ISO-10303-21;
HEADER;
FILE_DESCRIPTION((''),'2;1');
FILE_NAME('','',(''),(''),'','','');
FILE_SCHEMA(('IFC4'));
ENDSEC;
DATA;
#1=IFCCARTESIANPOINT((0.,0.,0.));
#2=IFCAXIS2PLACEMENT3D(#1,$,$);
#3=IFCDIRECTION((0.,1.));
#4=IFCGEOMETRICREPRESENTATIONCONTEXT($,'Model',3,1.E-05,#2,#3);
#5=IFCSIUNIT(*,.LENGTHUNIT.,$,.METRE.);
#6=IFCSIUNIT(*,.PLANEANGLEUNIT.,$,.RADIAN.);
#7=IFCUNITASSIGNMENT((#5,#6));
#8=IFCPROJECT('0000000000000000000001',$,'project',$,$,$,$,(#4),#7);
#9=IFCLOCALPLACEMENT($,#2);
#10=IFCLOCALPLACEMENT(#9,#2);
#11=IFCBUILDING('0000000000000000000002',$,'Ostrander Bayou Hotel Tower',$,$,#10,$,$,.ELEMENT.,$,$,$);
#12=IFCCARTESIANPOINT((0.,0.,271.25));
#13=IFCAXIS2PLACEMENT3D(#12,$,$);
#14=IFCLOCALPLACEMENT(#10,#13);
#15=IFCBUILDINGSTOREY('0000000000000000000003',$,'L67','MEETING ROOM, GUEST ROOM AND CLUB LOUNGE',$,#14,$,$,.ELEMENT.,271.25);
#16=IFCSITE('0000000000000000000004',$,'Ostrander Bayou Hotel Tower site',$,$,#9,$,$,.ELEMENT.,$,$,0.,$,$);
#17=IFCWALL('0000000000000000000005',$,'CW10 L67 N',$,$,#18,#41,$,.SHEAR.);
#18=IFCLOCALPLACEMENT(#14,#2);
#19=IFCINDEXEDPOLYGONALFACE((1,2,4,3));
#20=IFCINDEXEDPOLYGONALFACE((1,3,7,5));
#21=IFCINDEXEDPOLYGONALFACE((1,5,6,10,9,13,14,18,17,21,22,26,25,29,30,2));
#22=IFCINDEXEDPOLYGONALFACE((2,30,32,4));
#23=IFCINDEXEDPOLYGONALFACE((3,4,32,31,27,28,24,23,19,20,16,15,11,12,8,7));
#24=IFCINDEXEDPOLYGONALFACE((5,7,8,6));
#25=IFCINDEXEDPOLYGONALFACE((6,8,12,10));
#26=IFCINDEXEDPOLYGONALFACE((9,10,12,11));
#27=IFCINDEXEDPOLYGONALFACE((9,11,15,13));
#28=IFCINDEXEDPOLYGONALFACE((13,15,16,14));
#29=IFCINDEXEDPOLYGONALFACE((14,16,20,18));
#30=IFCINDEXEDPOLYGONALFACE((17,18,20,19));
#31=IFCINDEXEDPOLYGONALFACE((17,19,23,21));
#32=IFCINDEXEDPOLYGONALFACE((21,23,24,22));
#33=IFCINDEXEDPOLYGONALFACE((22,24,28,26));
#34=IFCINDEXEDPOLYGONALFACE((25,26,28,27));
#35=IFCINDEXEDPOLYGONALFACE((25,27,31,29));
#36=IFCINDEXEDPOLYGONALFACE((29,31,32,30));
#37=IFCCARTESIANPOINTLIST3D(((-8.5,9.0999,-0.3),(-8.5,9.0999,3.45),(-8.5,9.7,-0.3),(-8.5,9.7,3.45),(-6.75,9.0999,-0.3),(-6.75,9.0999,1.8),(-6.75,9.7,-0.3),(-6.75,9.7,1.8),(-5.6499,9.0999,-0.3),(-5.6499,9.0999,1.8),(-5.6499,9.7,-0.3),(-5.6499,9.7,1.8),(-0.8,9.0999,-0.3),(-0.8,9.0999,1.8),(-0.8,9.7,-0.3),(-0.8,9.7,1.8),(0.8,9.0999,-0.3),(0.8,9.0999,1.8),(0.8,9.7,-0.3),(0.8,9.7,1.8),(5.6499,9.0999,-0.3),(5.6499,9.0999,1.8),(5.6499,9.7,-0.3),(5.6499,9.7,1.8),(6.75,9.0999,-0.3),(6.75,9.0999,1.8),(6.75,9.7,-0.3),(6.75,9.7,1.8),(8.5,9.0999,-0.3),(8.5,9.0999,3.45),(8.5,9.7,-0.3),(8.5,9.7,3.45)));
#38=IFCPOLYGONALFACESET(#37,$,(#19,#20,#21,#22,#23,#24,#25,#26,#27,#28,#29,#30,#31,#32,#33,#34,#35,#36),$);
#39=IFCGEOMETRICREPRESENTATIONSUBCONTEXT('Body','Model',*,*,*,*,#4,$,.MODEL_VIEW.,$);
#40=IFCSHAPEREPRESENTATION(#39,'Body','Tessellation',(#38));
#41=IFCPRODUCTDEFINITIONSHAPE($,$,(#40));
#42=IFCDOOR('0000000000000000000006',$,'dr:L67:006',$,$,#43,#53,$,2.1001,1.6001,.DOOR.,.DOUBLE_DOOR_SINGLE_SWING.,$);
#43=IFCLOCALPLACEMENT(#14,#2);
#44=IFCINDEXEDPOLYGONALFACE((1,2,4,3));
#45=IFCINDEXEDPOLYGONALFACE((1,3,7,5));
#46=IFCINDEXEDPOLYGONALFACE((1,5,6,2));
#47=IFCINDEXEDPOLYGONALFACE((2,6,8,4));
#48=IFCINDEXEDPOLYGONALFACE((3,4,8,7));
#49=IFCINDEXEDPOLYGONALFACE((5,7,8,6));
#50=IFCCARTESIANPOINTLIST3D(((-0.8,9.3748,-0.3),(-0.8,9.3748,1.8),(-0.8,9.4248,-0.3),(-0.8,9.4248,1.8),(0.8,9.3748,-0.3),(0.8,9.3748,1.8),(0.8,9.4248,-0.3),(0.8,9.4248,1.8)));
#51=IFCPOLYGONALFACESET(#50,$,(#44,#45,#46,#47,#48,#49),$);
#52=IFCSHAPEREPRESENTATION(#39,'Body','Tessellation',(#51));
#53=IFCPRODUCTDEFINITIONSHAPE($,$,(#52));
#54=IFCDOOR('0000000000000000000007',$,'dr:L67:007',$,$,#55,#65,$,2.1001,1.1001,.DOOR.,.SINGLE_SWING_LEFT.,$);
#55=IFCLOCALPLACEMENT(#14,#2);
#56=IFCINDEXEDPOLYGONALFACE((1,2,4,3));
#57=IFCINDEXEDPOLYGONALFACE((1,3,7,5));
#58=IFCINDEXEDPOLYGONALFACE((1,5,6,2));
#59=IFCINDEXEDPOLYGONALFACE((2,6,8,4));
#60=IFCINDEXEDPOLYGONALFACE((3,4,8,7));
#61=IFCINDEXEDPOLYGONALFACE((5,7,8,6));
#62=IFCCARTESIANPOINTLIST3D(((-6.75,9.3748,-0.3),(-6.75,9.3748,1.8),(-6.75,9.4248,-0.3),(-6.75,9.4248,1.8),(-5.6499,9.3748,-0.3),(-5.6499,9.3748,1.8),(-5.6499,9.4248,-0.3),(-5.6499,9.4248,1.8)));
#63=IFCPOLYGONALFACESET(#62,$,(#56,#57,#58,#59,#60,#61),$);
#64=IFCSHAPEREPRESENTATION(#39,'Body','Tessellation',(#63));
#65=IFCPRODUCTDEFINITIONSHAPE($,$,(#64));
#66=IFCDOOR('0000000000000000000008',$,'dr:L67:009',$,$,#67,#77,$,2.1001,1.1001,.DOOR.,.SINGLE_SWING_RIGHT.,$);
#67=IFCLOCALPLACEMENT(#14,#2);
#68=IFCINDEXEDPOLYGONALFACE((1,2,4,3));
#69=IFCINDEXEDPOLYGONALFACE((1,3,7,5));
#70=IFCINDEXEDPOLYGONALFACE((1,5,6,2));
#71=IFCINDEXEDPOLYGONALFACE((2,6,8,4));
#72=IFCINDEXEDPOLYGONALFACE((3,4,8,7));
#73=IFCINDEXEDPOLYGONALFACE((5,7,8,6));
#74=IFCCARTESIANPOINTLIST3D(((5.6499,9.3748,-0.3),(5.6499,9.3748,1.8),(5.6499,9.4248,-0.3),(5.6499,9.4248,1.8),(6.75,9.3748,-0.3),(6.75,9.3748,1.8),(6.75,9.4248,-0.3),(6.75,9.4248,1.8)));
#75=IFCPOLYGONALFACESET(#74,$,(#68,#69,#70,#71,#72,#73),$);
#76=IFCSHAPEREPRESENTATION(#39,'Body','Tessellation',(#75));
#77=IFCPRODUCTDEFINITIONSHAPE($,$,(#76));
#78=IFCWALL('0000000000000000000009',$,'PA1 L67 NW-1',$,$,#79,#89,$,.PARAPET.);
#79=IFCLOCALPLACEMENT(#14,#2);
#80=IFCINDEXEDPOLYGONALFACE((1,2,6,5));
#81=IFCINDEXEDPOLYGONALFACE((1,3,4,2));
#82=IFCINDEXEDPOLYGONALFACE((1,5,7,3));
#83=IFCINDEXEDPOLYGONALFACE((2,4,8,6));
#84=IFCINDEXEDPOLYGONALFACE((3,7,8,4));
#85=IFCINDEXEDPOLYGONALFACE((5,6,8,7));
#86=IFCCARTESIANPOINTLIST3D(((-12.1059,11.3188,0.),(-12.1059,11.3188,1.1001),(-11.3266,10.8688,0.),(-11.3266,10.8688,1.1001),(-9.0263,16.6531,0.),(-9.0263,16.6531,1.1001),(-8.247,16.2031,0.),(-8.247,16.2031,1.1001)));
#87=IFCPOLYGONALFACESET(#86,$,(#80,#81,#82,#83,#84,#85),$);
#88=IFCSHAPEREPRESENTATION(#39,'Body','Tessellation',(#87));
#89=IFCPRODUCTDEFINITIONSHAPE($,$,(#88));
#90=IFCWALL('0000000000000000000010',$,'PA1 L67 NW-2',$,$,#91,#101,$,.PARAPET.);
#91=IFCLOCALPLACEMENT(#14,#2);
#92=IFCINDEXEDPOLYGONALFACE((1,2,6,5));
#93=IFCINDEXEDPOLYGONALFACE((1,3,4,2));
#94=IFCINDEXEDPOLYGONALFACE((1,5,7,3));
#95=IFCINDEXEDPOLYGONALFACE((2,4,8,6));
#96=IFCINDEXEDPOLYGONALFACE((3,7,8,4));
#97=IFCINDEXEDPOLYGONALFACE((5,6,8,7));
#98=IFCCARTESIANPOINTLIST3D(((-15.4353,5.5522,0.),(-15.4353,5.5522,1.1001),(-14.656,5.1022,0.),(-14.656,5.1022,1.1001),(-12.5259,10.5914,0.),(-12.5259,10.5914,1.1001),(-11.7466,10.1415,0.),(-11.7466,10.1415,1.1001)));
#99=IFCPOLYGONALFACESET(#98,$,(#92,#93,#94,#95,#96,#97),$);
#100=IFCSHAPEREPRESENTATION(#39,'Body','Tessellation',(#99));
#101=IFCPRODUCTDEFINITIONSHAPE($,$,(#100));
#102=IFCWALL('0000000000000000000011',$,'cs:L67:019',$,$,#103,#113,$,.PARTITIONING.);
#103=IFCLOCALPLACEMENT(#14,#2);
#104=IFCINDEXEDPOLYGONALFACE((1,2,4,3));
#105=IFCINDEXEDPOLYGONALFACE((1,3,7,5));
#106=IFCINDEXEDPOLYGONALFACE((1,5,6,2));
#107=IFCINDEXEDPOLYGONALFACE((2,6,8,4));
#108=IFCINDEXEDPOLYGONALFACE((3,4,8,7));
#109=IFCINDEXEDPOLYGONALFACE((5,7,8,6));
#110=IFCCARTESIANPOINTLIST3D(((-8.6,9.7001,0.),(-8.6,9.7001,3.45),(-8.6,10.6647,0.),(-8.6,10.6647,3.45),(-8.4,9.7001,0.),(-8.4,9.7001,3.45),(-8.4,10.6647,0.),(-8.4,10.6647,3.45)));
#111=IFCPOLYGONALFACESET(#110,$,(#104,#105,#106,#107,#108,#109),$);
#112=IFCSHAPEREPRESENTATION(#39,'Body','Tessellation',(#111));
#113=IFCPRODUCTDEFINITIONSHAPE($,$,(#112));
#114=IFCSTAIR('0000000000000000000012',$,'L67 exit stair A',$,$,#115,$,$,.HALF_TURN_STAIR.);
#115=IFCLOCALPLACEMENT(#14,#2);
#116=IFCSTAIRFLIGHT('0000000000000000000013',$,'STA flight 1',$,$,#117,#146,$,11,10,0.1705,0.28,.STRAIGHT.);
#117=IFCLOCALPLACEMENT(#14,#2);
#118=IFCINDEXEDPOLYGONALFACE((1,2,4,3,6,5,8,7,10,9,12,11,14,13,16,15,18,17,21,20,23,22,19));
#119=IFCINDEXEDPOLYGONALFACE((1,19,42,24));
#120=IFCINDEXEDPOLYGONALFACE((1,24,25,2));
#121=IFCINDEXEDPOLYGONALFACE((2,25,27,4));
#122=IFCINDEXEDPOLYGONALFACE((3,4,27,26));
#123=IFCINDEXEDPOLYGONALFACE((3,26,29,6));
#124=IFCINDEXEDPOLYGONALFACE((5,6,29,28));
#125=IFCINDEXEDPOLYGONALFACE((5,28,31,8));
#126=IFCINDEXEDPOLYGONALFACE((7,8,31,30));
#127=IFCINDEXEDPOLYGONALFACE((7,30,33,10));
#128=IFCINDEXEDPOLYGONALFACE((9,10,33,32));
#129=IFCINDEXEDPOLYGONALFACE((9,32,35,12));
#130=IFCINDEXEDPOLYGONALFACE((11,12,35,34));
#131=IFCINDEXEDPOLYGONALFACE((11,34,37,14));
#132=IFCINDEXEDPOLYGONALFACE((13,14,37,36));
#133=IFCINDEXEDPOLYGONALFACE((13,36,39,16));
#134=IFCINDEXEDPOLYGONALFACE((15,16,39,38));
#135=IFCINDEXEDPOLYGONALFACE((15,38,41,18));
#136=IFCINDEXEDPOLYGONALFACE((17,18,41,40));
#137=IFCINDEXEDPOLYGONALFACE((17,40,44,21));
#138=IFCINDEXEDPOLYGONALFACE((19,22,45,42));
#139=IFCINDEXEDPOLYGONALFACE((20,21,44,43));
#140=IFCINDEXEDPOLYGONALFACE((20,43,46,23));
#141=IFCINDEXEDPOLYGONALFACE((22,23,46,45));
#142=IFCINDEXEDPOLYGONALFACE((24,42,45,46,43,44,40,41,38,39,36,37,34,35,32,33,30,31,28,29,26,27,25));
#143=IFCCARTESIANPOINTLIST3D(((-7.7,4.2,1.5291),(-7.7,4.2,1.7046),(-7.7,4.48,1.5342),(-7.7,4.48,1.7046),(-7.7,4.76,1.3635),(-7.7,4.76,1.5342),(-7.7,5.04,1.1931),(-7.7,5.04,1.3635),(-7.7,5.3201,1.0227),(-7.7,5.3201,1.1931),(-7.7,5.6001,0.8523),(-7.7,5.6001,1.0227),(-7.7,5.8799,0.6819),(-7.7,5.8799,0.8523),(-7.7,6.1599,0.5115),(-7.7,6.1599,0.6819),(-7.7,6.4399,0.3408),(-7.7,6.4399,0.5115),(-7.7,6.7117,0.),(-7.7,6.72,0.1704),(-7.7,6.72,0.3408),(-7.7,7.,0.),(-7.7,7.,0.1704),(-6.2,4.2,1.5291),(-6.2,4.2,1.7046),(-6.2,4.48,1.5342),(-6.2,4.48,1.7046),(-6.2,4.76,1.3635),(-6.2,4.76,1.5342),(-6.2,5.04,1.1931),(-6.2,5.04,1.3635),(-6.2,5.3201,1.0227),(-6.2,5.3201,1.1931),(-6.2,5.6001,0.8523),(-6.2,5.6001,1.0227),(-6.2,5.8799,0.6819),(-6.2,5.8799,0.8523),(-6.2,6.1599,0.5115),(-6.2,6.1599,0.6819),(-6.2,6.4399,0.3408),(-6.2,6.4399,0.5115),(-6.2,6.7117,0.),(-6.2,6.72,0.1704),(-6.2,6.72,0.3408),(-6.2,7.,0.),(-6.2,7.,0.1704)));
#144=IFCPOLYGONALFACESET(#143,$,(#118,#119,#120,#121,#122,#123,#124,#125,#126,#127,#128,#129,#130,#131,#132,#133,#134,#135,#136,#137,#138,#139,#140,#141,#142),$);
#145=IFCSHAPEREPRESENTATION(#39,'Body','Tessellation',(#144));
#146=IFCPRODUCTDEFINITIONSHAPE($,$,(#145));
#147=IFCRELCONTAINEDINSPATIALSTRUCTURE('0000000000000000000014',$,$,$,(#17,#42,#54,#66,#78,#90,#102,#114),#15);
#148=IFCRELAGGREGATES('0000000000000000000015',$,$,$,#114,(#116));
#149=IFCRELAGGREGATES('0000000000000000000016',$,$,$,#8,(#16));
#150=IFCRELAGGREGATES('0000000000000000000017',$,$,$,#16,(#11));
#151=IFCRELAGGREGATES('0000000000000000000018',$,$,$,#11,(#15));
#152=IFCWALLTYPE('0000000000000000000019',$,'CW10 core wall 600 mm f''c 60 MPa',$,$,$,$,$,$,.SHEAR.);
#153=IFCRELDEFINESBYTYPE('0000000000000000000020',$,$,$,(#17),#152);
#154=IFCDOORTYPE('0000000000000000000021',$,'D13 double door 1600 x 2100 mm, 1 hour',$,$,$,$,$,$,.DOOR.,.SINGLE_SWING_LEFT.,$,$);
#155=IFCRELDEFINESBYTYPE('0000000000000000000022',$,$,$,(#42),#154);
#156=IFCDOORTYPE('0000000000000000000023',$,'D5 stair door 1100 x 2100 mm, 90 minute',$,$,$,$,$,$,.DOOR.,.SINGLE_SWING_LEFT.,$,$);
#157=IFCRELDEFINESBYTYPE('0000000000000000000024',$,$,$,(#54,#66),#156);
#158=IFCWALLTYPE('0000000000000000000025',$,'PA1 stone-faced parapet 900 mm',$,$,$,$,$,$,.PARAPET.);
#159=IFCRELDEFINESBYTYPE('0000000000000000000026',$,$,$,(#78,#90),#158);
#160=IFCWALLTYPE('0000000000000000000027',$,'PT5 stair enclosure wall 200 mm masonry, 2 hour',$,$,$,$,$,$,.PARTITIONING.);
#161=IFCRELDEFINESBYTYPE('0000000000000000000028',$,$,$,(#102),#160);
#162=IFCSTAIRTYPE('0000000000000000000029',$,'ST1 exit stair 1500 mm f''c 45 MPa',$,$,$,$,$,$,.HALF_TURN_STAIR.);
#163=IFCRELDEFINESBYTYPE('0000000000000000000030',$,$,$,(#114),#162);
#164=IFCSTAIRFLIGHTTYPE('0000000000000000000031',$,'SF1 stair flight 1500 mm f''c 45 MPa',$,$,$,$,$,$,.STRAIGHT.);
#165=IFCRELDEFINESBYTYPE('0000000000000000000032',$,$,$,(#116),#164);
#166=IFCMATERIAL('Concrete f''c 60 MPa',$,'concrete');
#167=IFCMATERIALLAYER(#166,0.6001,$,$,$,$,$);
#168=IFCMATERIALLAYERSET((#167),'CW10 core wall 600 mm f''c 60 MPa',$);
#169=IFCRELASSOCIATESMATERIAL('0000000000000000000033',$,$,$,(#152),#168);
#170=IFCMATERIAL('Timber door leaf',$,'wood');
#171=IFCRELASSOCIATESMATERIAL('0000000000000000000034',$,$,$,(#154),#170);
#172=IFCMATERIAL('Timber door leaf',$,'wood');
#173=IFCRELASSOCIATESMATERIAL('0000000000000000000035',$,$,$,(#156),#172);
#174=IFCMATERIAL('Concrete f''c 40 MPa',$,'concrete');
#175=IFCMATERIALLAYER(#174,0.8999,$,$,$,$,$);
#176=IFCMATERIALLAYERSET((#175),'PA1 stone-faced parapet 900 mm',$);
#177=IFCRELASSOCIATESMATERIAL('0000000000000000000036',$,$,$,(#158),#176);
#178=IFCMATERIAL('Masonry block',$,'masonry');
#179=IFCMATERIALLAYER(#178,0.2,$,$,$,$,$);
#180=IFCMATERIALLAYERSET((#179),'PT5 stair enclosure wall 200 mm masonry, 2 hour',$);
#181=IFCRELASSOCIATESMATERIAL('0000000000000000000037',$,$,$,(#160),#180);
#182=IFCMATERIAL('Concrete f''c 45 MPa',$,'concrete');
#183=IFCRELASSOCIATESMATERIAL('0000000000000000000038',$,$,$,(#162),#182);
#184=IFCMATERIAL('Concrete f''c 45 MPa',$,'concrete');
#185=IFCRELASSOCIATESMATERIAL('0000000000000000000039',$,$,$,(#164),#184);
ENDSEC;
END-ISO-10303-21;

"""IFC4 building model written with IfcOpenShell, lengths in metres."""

from ifc_helpers import new_model, si_unit, direction, frame, frame_2d, origin, place, context, subcontext, project, spatial, polyline, rectangle, outline, extrude, material, layer, layer_set, type_object, element, fill, aggregate, save


model = new_model("IFC4")

# Units and contexts
model_context = context("Model", 3, precision=1e-05, world=origin(), true_north=direction((0.0, 1.0)))
body_context = subcontext(model_context, "Body", "Model", "MODEL_VIEW")
ifc_project = project(units=[si_unit("LENGTHUNIT", "METRE"), si_unit("PLANEANGLEUNIT", "RADIAN")], contexts=[model_context])

# Site, building, storey
site_placement = place(None, origin())
site = spatial("IfcSite", under=ifc_project, at=site_placement, Name="Ostrander Bayou Hotel Tower site", CompositionType="ELEMENT", RefElevation=0.0)
building_placement = place(site_placement, origin())
building = spatial("IfcBuilding", under=site, at=building_placement, Name="Ostrander Bayou Hotel Tower", CompositionType="ELEMENT")
storey_placement = place(building_placement, frame((0.0, 0.0, 271.25)))
storey = spatial("IfcBuildingStorey", under=building, at=storey_placement, Name="L67", Description="MEETING ROOM, GUEST ROOM AND CLUB LOUNGE", CompositionType="ELEMENT", Elevation=271.25)

# Wall, openings, doors
ifc_material_1 = material(Name="Concrete f'c 60 MPa", Category="concrete")
ifc_layer_1 = layer(ifc_material_1, 0.6001)
ifc_layer_set_1 = layer_set([ifc_layer_1], Name="CW10 core wall 600 mm f'c 60 MPa")
wall_type_1 = type_object("IfcWallType", Name="CW10 core wall 600 mm f'c 60 MPa", PredefinedType="SHEAR", material=ifc_layer_set_1)
wall_1_placement = place(storey_placement, frame((-8.5, 9.3999, -0.3), z_axis=(0.0, 0.0, 1.0), x_axis=(1.0, 0.0, 0.0)))
wall_1 = element("IfcWall", 1, at=wall_1_placement, inside=storey, type_object=wall_type_1, Name="CW10 L67 N", PredefinedType="SHEAR", context=body_context, shape_type="SweptSolid", body=[
    extrude(rectangle(XDim=17.0, YDim=0.6001, at=frame_2d((8.5, 0.0))), origin(), (0.0, 0.0, 1.0), 3.75),
])
opening_1_placement = place(wall_1_placement, frame((7.7, 0.0, 0.0)))
opening_1 = element("IfcOpeningElement", 2, at=opening_1_placement, cuts=wall_1, PredefinedType="OPENING", context=body_context, shape_type="SweptSolid", body=[
    extrude(rectangle(XDim=1.6001, YDim=2.1001, at=frame_2d((0.8, 1.05))), frame((0.0, 0.3, 0.0), z_axis=(0.0, -1.0, 0.0), x_axis=(1.0, 0.0, 0.0)), (0.0, 0.0, 1.0), 0.6001),
])
opening_2_placement = place(wall_1_placement, frame((1.75, 0.0, 0.0)))
opening_2 = element("IfcOpeningElement", 3, at=opening_2_placement, cuts=wall_1, PredefinedType="OPENING", context=body_context, shape_type="SweptSolid", body=[
    extrude(rectangle(XDim=1.1001, YDim=2.1001, at=frame_2d((0.55, 1.05))), frame((0.0, 0.3, 0.0), z_axis=(0.0, -1.0, 0.0), x_axis=(1.0, 0.0, 0.0)), (0.0, 0.0, 1.0), 0.6001),
])
opening_3_placement = place(wall_1_placement, frame((14.1499, 0.0, 0.0)))
opening_3 = element("IfcOpeningElement", 4, at=opening_3_placement, cuts=wall_1, PredefinedType="OPENING", context=body_context, shape_type="SweptSolid", body=[
    extrude(rectangle(XDim=1.1001, YDim=2.1001, at=frame_2d((0.55, 1.05))), frame((0.0, 0.3, 0.0), z_axis=(0.0, -1.0, 0.0), x_axis=(1.0, 0.0, 0.0)), (0.0, 0.0, 1.0), 0.6001),
])
ifc_material_2 = material(Name="Timber door leaf", Category="wood")
door_type_1 = type_object("IfcDoorType", Name="D13 double door 1600 x 2100 mm, 1 hour", OperationType="SINGLE_SWING_LEFT", PredefinedType="DOOR", material=ifc_material_2)
door_1_placement = place(opening_1_placement, origin())
door_1 = element("IfcDoor", 5, at=door_1_placement, inside=storey, type_object=door_type_1, Name="dr:L67:006", OperationType="DOUBLE_DOOR_SINGLE_SWING", OverallHeight=2.1001, OverallWidth=1.6001, PredefinedType="DOOR", context=body_context, shape_type="SweptSolid", body=[
    extrude(rectangle(XDim=1.6001, YDim=2.1001, at=frame_2d((0.8, 1.05))), frame((0.0, 0.0249, 0.0), z_axis=(0.0, -1.0, 0.0), x_axis=(1.0, 0.0, 0.0)), (0.0, 0.0, 1.0), 0.05),
])
fill(opening_1, door_1)
ifc_material_3 = material(Name="Timber door leaf", Category="wood")
door_type_2 = type_object("IfcDoorType", Name="D5 stair door 1100 x 2100 mm, 90 minute", OperationType="SINGLE_SWING_LEFT", PredefinedType="DOOR", material=ifc_material_3)
door_2_placement = place(opening_2_placement, origin())
door_2 = element("IfcDoor", 6, at=door_2_placement, inside=storey, type_object=door_type_2, Name="dr:L67:007", OperationType="SINGLE_SWING_LEFT", OverallHeight=2.1001, OverallWidth=1.1001, PredefinedType="DOOR", context=body_context, shape_type="SweptSolid", body=[
    extrude(rectangle(XDim=1.1001, YDim=2.1001, at=frame_2d((0.55, 1.05))), frame((0.0, 0.0249, 0.0), z_axis=(0.0, -1.0, 0.0), x_axis=(1.0, 0.0, 0.0)), (0.0, 0.0, 1.0), 0.05),
])
fill(opening_2, door_2)
door_3_placement = place(opening_3_placement, origin())
door_3 = element("IfcDoor", 7, at=door_3_placement, inside=storey, type_object=door_type_2, Name="dr:L67:009", OperationType="SINGLE_SWING_RIGHT", OverallHeight=2.1001, OverallWidth=1.1001, PredefinedType="DOOR", context=body_context, shape_type="SweptSolid", body=[
    extrude(rectangle(XDim=1.1001, YDim=2.1001, at=frame_2d((0.55, 1.05))), frame((0.0, 0.0249, 0.0), z_axis=(0.0, -1.0, 0.0), x_axis=(1.0, 0.0, 0.0)), (0.0, 0.0, 1.0), 0.05),
])
fill(opening_3, door_3)

# Walls
ifc_material_4 = material(Name="Concrete f'c 40 MPa", Category="concrete")
ifc_layer_2 = layer(ifc_material_4, 0.8999)
ifc_layer_set_2 = layer_set([ifc_layer_2], Name="PA1 stone-faced parapet 900 mm")
wall_type_2 = type_object("IfcWallType", Name="PA1 stone-faced parapet 900 mm", PredefinedType="PARAPET", material=ifc_layer_set_2)
wall_2_placement = place(storey_placement, frame((-8.6367, 16.428, 0.0), z_axis=(0.0, 0.0, 1.0), x_axis=(-0.499984, -0.866034, 0.0)))
element("IfcWall", 8, at=wall_2_placement, inside=storey, type_object=wall_type_2, Name="PA1 L67 NW-1", PredefinedType="PARAPET", context=body_context, shape_type="SweptSolid", body=[
    extrude(rectangle(XDim=6.1594, YDim=0.8999, at=frame_2d((3.0796, 0.0))), origin(), (0.0, 0.0, 1.0), 1.1001),
])
wall_3_placement = place(storey_placement, frame((-12.1362, 10.3665, 0.0), z_axis=(0.0, 0.0, 1.0), x_axis=(-0.499997, -0.866027, 0.0)))
element("IfcWall", 9, at=wall_3_placement, inside=storey, type_object=wall_type_2, Name="PA1 L67 NW-2", PredefinedType="PARAPET", context=body_context, shape_type="SweptSolid", body=[
    extrude(rectangle(XDim=5.8188, YDim=0.8999, at=frame_2d((2.9094, 0.0))), origin(), (0.0, 0.0, 1.0), 1.1001),
])
ifc_material_5 = material(Name="Masonry block", Category="masonry")
ifc_layer_3 = layer(ifc_material_5, 0.2)
ifc_layer_set_3 = layer_set([ifc_layer_3], Name="PT5 stair enclosure wall 200 mm masonry, 2 hour")
wall_type_3 = type_object("IfcWallType", Name="PT5 stair enclosure wall 200 mm masonry, 2 hour", PredefinedType="PARTITIONING", material=ifc_layer_set_3)
wall_4_placement = place(storey_placement, frame((-8.5, 9.7, 0.0), z_axis=(0.0, 0.0, 1.0), x_axis=(0.0, 1.0, 0.0)))
element("IfcWall", 10, at=wall_4_placement, inside=storey, type_object=wall_type_3, Name="cs:L67:019", PredefinedType="PARTITIONING", context=body_context, shape_type="SweptSolid", body=[
    extrude(rectangle(XDim=0.9646, YDim=0.2, at=frame_2d((0.4824, 0.0))), origin(), (0.0, 0.0, 1.0), 3.45),
])

# Stair, stair flight
ifc_material_6 = material(Name="Concrete f'c 45 MPa", Category="concrete")
stair_type = type_object("IfcStairType", Name="ST1 exit stair 1500 mm f'c 45 MPa", PredefinedType="HALF_TURN_STAIR", material=ifc_material_6)
stair_placement = place(storey_placement, origin())
stair = element("IfcStair", 11, at=stair_placement, inside=storey, type_object=stair_type, Name="L67 exit stair A", PredefinedType="HALF_TURN_STAIR")
ifc_material_7 = material(Name="Concrete f'c 45 MPa", Category="concrete")
stair_flight_type = type_object("IfcStairFlightType", Name="SF1 stair flight 1500 mm f'c 45 MPa", PredefinedType="STRAIGHT", material=ifc_material_7)
stair_flight_placement = place(storey_placement, frame((-6.95, 7.0, 0.0), z_axis=(0.0, 0.0, 1.0), x_axis=(0.0, -1.0, 0.0)))
stair_flight = element("IfcStairFlight", 12, at=stair_flight_placement, type_object=stair_flight_type, Name="STA flight 1", NumberOfRisers=11, NumberOfTreads=10, PredefinedType="STRAIGHT", RiserHeight=0.1705, TreadLength=0.28, context=body_context, shape_type="SweptSolid", body=[
    extrude(outline(polyline([(0.0, 0.0), (0.0, 0.1704), (0.28, 0.1704), (0.28, 0.3408), (0.5601, 0.3408), (0.5601, 0.5115), (0.8401, 0.5115), (0.8401, 0.6819), (1.1201, 0.6819), (1.1201, 0.8523), (1.3999, 0.8523), (1.3999, 1.0227), (1.6799, 1.0227), (1.6799, 1.1931), (1.96, 1.1931), (1.96, 1.3635), (2.24, 1.3635), (2.24, 1.5342), (2.52, 1.5342), (2.52, 1.7046), (2.8, 1.7046), (2.8, 1.875), (2.8, 1.5291), (0.2883, 0.0), (0.0, 0.0)])), frame((0.0, 0.75, 0.0), z_axis=(0.0, -1.0, 0.0), x_axis=(1.0, 0.0, 0.0)), (0.0, 0.0, 1.0), 1.5),
])
aggregate(stair, [stair_flight])

save(model, "model.ifc")
